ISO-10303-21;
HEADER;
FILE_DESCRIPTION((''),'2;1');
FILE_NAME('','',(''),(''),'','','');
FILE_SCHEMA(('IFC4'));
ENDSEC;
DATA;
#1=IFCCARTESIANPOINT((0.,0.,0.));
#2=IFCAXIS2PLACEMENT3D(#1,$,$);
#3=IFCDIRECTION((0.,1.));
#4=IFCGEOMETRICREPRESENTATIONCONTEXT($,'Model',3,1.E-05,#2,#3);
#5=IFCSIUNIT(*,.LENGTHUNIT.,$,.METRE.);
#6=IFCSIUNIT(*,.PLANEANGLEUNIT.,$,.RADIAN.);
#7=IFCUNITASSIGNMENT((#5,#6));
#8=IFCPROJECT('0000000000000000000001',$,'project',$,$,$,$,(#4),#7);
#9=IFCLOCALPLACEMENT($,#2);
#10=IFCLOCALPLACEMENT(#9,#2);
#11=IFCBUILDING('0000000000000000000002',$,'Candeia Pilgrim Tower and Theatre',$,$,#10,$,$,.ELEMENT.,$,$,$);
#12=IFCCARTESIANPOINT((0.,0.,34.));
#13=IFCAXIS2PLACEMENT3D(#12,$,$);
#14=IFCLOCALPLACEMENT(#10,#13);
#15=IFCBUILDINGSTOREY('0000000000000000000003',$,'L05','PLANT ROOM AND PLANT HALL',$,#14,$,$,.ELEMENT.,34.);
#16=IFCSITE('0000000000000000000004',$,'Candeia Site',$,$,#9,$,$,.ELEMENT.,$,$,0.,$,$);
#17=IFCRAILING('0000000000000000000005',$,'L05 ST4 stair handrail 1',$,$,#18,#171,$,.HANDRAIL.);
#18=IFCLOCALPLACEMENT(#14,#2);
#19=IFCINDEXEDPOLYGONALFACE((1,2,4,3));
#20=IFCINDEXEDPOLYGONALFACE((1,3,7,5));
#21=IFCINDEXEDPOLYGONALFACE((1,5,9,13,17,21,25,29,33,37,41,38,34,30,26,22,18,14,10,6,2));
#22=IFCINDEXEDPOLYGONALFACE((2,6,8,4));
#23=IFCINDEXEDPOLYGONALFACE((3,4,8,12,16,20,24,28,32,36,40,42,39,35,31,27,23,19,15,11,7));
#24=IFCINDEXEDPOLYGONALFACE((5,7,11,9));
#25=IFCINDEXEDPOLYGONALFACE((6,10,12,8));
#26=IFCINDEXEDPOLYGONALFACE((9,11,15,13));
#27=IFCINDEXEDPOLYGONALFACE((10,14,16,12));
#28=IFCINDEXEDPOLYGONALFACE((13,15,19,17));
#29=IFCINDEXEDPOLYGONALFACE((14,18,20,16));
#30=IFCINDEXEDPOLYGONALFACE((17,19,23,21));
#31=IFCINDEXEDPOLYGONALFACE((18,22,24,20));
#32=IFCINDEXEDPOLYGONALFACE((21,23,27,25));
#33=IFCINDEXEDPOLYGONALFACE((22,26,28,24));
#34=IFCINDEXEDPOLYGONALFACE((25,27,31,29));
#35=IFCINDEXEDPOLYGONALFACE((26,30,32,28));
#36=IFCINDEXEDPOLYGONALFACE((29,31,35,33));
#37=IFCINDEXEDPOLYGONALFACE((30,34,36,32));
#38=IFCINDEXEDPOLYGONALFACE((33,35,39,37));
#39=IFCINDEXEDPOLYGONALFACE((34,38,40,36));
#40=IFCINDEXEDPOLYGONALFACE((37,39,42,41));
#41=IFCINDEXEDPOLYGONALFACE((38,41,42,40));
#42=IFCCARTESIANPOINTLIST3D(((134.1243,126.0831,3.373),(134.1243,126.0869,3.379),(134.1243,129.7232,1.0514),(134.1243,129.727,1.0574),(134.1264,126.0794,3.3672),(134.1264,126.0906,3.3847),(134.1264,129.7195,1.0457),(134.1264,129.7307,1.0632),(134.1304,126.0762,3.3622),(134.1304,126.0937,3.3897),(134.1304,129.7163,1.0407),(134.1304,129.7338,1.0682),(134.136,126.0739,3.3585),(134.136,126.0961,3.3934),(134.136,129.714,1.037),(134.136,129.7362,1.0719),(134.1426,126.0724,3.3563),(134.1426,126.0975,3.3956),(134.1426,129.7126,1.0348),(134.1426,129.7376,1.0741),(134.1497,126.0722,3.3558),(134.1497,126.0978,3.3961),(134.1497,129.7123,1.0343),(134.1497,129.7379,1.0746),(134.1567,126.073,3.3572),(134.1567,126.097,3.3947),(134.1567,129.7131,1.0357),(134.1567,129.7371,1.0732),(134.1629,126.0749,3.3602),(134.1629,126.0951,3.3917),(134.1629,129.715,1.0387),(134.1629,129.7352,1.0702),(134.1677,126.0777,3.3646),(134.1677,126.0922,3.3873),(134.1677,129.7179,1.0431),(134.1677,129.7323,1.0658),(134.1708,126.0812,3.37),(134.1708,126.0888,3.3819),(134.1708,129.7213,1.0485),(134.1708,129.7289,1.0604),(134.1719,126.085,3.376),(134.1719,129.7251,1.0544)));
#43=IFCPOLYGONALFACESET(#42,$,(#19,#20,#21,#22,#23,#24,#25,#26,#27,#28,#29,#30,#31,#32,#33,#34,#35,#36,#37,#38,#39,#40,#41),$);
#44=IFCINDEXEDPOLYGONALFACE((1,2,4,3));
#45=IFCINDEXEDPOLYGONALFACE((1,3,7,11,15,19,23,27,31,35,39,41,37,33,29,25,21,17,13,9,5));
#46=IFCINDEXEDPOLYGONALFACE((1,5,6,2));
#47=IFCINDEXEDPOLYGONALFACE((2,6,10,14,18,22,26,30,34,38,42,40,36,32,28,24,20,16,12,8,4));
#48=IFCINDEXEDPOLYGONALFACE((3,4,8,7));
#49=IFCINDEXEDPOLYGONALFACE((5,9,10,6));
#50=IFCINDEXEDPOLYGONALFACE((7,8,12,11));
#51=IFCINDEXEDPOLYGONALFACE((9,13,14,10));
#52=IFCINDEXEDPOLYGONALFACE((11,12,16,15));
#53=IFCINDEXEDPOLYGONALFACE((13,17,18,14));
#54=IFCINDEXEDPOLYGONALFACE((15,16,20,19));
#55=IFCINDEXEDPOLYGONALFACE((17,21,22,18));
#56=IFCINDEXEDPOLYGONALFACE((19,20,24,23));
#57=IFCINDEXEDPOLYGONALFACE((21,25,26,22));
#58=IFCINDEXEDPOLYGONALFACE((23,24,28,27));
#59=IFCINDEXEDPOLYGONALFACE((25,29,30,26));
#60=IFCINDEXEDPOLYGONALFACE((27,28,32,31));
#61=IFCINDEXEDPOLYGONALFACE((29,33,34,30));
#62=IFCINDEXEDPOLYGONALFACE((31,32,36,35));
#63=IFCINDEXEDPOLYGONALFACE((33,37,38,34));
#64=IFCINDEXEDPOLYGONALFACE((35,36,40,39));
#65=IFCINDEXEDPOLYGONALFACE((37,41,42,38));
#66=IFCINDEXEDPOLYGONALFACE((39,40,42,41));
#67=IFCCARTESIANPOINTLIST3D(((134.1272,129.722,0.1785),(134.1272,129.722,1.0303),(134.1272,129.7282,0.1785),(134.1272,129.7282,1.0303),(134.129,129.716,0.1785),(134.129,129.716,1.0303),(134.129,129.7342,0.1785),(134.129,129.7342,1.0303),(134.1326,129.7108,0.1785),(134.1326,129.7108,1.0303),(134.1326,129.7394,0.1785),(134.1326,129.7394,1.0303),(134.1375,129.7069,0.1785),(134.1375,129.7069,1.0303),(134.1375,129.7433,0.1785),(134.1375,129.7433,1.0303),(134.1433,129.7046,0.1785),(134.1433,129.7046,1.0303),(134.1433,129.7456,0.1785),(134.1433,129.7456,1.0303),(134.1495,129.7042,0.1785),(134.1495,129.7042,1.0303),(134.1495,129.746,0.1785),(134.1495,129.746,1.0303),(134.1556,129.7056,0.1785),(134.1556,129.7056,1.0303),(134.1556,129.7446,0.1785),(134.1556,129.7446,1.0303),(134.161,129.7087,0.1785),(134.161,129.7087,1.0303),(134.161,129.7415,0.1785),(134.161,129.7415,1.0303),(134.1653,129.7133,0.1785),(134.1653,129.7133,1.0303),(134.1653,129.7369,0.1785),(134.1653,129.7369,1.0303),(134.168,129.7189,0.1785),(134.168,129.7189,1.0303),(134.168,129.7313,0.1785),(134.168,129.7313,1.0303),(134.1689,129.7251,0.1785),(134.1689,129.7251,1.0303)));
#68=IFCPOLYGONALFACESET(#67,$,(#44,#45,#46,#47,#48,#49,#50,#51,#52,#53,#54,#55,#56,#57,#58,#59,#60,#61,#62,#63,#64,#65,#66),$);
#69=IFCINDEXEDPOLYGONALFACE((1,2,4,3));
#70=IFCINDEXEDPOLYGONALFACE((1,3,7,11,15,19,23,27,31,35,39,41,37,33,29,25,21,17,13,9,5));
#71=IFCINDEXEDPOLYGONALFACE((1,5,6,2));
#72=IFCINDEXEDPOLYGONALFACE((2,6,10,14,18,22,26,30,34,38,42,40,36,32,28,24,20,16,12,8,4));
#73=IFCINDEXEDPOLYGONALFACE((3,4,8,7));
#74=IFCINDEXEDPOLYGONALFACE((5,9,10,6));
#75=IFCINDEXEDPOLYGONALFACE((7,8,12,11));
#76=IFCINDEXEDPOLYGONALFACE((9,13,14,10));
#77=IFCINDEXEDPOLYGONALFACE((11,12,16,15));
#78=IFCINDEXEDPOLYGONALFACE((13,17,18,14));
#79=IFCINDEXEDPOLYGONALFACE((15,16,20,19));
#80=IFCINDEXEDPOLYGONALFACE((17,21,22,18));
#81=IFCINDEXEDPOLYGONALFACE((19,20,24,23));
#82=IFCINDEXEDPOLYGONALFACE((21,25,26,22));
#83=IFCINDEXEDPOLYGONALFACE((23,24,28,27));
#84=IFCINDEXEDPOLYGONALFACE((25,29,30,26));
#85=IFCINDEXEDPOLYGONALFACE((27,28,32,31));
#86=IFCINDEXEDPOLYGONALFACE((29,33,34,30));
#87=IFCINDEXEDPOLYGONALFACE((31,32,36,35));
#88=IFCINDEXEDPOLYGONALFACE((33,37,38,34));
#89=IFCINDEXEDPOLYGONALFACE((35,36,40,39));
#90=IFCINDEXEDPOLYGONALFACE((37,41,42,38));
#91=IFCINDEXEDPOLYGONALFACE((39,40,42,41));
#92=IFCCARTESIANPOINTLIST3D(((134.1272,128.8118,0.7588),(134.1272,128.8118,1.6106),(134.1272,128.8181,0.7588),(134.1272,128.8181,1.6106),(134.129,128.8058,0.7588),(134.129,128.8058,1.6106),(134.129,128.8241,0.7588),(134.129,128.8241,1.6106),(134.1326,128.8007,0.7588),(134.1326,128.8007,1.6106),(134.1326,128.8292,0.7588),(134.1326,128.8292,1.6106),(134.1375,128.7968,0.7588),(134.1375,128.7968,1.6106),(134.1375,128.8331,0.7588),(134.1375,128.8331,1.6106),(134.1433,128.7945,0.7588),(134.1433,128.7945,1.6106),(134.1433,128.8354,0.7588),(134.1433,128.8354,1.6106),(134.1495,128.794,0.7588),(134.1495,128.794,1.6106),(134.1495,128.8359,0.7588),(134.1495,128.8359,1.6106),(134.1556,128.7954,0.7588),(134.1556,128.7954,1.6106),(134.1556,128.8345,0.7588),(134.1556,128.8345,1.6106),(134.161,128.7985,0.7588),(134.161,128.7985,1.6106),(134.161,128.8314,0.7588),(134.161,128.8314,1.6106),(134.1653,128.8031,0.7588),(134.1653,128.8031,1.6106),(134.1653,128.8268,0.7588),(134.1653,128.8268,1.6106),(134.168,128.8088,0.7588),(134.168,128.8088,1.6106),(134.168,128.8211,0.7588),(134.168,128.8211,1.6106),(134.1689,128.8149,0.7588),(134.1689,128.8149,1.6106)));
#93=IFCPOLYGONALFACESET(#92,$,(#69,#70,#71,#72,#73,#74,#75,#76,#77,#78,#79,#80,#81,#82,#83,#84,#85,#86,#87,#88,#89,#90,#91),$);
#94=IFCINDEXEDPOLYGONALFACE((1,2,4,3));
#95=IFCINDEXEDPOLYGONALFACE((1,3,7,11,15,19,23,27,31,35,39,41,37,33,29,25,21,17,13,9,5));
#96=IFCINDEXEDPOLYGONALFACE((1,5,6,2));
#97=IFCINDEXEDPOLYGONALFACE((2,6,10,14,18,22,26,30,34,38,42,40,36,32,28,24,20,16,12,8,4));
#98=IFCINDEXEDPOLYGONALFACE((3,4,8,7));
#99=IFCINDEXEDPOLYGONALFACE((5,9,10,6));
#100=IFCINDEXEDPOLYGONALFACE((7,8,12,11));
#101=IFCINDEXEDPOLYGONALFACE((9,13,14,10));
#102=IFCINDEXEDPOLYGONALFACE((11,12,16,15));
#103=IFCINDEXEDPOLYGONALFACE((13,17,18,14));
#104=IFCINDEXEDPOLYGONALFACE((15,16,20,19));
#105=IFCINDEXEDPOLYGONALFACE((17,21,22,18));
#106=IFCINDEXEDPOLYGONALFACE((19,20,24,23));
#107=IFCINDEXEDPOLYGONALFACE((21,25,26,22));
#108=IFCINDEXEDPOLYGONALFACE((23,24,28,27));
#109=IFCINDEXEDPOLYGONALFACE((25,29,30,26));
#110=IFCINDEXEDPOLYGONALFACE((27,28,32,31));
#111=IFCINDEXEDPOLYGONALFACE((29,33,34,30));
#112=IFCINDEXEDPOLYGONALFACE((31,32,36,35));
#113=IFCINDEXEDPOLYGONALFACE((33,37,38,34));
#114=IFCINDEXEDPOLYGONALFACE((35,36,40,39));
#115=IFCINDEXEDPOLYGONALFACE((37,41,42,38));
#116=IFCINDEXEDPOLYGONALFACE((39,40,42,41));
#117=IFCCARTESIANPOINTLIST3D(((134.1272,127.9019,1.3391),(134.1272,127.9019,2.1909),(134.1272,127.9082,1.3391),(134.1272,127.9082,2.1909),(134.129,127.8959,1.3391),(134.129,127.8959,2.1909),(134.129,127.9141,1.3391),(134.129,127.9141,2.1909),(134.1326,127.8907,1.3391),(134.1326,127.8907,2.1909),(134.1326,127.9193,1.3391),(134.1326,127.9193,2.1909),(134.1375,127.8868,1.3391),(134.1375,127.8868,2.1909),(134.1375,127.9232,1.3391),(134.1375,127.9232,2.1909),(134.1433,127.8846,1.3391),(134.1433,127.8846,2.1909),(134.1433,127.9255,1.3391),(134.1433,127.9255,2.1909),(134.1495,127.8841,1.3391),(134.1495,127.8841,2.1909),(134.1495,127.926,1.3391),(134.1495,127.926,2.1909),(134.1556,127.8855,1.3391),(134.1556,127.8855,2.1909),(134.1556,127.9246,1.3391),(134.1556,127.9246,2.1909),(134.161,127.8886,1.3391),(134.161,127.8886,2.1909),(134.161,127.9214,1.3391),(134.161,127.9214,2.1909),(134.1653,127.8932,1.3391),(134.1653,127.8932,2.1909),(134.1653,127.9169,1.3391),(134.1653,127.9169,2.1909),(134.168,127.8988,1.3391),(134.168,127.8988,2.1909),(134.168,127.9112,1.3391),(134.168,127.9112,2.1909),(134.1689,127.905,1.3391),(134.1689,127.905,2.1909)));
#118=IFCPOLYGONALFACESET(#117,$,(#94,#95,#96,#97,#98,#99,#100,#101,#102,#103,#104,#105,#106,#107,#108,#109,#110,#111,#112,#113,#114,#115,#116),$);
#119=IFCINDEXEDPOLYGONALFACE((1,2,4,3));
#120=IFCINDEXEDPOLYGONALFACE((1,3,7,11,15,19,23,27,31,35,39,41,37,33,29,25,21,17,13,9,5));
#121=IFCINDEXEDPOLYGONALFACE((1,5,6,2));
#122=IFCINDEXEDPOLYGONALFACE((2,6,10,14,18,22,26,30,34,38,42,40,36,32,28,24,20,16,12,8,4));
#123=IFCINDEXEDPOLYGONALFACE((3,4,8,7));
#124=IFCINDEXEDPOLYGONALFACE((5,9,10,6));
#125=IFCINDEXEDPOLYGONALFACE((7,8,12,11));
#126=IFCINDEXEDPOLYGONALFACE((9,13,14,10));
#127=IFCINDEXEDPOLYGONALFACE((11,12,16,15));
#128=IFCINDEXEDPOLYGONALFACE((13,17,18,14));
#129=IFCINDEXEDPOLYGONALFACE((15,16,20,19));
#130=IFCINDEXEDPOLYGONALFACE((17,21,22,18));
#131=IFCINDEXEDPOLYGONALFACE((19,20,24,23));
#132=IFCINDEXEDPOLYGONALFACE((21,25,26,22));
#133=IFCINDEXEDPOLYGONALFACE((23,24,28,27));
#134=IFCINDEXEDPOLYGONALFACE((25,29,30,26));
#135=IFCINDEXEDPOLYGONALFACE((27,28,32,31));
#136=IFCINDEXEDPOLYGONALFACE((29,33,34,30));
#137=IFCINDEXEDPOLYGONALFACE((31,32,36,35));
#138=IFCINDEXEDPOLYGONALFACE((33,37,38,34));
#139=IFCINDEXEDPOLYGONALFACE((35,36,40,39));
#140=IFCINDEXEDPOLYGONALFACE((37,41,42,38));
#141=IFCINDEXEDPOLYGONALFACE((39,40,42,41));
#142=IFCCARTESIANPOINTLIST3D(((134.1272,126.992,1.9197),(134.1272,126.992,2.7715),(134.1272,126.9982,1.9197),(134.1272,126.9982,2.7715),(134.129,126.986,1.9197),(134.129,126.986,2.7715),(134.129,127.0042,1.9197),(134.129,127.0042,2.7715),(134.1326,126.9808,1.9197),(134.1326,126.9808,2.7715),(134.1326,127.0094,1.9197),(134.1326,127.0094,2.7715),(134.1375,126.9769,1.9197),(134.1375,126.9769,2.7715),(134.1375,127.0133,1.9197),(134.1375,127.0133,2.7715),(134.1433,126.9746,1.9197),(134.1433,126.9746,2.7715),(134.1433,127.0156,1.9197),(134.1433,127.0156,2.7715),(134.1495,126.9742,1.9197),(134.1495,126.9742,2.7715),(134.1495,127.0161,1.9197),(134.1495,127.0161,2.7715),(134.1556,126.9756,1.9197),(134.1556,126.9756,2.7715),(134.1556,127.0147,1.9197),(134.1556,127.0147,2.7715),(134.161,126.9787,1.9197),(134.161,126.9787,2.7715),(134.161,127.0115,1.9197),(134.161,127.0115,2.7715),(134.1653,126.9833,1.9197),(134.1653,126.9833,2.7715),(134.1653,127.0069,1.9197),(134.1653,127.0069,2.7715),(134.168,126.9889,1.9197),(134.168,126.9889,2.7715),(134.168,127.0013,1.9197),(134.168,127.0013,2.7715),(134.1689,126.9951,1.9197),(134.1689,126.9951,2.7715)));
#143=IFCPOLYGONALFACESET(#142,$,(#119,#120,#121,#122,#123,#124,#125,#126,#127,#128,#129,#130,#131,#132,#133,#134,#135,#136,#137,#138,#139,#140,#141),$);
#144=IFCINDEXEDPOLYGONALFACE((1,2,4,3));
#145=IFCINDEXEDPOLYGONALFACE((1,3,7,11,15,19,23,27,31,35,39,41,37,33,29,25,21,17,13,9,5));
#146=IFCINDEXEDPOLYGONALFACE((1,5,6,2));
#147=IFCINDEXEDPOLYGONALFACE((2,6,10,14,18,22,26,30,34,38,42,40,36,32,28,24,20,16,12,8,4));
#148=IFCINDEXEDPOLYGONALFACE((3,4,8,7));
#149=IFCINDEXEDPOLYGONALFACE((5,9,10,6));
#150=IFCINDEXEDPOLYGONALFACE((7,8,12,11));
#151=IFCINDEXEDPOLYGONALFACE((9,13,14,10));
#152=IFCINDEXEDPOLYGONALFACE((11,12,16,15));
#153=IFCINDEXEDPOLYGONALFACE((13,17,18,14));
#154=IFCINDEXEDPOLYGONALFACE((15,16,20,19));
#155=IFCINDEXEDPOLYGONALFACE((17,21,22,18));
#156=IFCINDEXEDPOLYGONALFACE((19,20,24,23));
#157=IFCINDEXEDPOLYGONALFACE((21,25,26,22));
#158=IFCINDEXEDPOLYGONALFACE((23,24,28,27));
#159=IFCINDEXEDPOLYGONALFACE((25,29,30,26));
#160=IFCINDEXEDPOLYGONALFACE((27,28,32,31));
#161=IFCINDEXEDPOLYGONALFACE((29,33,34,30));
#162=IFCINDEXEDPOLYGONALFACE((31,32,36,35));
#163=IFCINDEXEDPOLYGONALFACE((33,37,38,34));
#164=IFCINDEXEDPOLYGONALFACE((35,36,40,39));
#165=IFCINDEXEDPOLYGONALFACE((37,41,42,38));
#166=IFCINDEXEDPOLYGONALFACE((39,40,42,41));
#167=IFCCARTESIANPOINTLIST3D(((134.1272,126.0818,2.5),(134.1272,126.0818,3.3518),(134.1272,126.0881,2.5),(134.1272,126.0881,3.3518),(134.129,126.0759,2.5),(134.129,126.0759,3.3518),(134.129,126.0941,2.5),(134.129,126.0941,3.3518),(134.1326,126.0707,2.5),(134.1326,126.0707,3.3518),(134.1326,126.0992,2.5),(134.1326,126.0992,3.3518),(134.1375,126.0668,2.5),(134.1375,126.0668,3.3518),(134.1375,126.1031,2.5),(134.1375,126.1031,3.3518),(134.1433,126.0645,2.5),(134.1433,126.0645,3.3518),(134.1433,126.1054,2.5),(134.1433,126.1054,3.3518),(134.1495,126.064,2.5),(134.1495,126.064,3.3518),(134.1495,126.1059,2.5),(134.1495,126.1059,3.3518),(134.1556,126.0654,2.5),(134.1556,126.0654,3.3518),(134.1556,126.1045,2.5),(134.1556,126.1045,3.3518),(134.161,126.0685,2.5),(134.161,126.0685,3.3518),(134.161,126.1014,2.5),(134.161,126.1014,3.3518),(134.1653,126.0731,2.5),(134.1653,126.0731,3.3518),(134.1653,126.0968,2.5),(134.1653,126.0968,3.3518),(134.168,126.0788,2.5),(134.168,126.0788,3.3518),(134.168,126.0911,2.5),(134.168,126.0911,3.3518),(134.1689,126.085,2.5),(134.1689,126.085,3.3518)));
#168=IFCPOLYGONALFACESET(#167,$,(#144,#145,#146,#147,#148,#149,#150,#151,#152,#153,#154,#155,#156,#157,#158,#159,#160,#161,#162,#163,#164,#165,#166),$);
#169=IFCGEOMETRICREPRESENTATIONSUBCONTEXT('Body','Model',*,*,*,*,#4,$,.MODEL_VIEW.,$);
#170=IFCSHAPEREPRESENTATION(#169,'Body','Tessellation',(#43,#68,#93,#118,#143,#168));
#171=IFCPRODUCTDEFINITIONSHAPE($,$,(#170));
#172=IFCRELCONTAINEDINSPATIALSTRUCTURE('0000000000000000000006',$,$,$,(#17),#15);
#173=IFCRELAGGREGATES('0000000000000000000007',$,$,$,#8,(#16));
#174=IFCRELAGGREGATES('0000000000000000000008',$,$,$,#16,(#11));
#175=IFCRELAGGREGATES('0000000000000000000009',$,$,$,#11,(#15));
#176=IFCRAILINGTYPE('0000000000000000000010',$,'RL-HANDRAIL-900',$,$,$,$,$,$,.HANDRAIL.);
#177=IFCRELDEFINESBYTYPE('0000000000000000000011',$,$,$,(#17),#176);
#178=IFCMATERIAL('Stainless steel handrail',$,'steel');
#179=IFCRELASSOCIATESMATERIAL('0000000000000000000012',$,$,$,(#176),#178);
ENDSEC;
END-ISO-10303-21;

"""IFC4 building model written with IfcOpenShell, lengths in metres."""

from ifc_helpers import new_model, si_unit, direction, frame, origin, origin_2d, place, context, subcontext, project, spatial, circle, extrude, material, type_object, element, save


model = new_model("IFC4")

# Units and contexts
model_context = context("Model", 3, precision=1e-05, world=origin(), true_north=direction((0.0, 1.0)))
body_context = subcontext(model_context, "Body", "Model", "MODEL_VIEW")
ifc_project = project(units=[si_unit("LENGTHUNIT", "METRE"), si_unit("PLANEANGLEUNIT", "RADIAN")], contexts=[model_context])

# Site, building, storey
site_placement = place(None, origin())
site = spatial("IfcSite", under=ifc_project, at=site_placement, Name="Candeia Site", CompositionType="ELEMENT", RefElevation=0.0)
building_placement = place(site_placement, origin())
building = spatial("IfcBuilding", under=site, at=building_placement, Name="Candeia Pilgrim Tower and Theatre", CompositionType="ELEMENT")
storey_placement = place(building_placement, frame((0.0, 0.0, 34.0)))
storey = spatial("IfcBuildingStorey", under=building, at=storey_placement, Name="L05", Description="PLANT ROOM AND PLANT HALL", CompositionType="ELEMENT", Elevation=34.0)

# Railing
ifc_material_1 = material(Name="Stainless steel handrail", Category="steel")
railing_type_1 = type_object("IfcRailingType", Name="RL-HANDRAIL-900", PredefinedType="HANDRAIL", material=ifc_material_1)
railing_1_placement = place(storey_placement, frame((134.1479, 129.7251, 0.1785)))
element("IfcRailing", 1, at=railing_1_placement, inside=storey, type_object=railing_type_1, Name="L05 ST4 stair handrail 1", PredefinedType="HANDRAIL", context=body_context, shape_type="SweptSolid", body=[
    extrude(circle(Radius=0.0239, at=origin_2d()), frame((0.0, 0.0, 0.876), z_axis=(0.0, -0.843128, 0.537713), x_axis=(1.0, 0.0, 0.0)), (0.0, 0.0, 1.0), 4.3174),
    extrude(circle(Radius=0.021, at=origin_2d()), origin(), (0.0, 0.0, 1.0), 0.8518),
    extrude(circle(Radius=0.021, at=origin_2d()), frame((0.0, -0.9102, 0.5803)), (0.0, 0.0, 1.0), 0.8518),
    extrude(circle(Radius=0.021, at=origin_2d()), frame((0.0, -1.8201, 1.1606)), (0.0, 0.0, 1.0), 0.8518),
    extrude(circle(Radius=0.021, at=origin_2d()), frame((0.0, -2.73, 1.7412)), (0.0, 0.0, 1.0), 0.8518),
    extrude(circle(Radius=0.021, at=origin_2d()), frame((0.0, -3.6401, 2.3215)), (0.0, 0.0, 1.0), 0.8518),
])

save(model, "model.ifc")
